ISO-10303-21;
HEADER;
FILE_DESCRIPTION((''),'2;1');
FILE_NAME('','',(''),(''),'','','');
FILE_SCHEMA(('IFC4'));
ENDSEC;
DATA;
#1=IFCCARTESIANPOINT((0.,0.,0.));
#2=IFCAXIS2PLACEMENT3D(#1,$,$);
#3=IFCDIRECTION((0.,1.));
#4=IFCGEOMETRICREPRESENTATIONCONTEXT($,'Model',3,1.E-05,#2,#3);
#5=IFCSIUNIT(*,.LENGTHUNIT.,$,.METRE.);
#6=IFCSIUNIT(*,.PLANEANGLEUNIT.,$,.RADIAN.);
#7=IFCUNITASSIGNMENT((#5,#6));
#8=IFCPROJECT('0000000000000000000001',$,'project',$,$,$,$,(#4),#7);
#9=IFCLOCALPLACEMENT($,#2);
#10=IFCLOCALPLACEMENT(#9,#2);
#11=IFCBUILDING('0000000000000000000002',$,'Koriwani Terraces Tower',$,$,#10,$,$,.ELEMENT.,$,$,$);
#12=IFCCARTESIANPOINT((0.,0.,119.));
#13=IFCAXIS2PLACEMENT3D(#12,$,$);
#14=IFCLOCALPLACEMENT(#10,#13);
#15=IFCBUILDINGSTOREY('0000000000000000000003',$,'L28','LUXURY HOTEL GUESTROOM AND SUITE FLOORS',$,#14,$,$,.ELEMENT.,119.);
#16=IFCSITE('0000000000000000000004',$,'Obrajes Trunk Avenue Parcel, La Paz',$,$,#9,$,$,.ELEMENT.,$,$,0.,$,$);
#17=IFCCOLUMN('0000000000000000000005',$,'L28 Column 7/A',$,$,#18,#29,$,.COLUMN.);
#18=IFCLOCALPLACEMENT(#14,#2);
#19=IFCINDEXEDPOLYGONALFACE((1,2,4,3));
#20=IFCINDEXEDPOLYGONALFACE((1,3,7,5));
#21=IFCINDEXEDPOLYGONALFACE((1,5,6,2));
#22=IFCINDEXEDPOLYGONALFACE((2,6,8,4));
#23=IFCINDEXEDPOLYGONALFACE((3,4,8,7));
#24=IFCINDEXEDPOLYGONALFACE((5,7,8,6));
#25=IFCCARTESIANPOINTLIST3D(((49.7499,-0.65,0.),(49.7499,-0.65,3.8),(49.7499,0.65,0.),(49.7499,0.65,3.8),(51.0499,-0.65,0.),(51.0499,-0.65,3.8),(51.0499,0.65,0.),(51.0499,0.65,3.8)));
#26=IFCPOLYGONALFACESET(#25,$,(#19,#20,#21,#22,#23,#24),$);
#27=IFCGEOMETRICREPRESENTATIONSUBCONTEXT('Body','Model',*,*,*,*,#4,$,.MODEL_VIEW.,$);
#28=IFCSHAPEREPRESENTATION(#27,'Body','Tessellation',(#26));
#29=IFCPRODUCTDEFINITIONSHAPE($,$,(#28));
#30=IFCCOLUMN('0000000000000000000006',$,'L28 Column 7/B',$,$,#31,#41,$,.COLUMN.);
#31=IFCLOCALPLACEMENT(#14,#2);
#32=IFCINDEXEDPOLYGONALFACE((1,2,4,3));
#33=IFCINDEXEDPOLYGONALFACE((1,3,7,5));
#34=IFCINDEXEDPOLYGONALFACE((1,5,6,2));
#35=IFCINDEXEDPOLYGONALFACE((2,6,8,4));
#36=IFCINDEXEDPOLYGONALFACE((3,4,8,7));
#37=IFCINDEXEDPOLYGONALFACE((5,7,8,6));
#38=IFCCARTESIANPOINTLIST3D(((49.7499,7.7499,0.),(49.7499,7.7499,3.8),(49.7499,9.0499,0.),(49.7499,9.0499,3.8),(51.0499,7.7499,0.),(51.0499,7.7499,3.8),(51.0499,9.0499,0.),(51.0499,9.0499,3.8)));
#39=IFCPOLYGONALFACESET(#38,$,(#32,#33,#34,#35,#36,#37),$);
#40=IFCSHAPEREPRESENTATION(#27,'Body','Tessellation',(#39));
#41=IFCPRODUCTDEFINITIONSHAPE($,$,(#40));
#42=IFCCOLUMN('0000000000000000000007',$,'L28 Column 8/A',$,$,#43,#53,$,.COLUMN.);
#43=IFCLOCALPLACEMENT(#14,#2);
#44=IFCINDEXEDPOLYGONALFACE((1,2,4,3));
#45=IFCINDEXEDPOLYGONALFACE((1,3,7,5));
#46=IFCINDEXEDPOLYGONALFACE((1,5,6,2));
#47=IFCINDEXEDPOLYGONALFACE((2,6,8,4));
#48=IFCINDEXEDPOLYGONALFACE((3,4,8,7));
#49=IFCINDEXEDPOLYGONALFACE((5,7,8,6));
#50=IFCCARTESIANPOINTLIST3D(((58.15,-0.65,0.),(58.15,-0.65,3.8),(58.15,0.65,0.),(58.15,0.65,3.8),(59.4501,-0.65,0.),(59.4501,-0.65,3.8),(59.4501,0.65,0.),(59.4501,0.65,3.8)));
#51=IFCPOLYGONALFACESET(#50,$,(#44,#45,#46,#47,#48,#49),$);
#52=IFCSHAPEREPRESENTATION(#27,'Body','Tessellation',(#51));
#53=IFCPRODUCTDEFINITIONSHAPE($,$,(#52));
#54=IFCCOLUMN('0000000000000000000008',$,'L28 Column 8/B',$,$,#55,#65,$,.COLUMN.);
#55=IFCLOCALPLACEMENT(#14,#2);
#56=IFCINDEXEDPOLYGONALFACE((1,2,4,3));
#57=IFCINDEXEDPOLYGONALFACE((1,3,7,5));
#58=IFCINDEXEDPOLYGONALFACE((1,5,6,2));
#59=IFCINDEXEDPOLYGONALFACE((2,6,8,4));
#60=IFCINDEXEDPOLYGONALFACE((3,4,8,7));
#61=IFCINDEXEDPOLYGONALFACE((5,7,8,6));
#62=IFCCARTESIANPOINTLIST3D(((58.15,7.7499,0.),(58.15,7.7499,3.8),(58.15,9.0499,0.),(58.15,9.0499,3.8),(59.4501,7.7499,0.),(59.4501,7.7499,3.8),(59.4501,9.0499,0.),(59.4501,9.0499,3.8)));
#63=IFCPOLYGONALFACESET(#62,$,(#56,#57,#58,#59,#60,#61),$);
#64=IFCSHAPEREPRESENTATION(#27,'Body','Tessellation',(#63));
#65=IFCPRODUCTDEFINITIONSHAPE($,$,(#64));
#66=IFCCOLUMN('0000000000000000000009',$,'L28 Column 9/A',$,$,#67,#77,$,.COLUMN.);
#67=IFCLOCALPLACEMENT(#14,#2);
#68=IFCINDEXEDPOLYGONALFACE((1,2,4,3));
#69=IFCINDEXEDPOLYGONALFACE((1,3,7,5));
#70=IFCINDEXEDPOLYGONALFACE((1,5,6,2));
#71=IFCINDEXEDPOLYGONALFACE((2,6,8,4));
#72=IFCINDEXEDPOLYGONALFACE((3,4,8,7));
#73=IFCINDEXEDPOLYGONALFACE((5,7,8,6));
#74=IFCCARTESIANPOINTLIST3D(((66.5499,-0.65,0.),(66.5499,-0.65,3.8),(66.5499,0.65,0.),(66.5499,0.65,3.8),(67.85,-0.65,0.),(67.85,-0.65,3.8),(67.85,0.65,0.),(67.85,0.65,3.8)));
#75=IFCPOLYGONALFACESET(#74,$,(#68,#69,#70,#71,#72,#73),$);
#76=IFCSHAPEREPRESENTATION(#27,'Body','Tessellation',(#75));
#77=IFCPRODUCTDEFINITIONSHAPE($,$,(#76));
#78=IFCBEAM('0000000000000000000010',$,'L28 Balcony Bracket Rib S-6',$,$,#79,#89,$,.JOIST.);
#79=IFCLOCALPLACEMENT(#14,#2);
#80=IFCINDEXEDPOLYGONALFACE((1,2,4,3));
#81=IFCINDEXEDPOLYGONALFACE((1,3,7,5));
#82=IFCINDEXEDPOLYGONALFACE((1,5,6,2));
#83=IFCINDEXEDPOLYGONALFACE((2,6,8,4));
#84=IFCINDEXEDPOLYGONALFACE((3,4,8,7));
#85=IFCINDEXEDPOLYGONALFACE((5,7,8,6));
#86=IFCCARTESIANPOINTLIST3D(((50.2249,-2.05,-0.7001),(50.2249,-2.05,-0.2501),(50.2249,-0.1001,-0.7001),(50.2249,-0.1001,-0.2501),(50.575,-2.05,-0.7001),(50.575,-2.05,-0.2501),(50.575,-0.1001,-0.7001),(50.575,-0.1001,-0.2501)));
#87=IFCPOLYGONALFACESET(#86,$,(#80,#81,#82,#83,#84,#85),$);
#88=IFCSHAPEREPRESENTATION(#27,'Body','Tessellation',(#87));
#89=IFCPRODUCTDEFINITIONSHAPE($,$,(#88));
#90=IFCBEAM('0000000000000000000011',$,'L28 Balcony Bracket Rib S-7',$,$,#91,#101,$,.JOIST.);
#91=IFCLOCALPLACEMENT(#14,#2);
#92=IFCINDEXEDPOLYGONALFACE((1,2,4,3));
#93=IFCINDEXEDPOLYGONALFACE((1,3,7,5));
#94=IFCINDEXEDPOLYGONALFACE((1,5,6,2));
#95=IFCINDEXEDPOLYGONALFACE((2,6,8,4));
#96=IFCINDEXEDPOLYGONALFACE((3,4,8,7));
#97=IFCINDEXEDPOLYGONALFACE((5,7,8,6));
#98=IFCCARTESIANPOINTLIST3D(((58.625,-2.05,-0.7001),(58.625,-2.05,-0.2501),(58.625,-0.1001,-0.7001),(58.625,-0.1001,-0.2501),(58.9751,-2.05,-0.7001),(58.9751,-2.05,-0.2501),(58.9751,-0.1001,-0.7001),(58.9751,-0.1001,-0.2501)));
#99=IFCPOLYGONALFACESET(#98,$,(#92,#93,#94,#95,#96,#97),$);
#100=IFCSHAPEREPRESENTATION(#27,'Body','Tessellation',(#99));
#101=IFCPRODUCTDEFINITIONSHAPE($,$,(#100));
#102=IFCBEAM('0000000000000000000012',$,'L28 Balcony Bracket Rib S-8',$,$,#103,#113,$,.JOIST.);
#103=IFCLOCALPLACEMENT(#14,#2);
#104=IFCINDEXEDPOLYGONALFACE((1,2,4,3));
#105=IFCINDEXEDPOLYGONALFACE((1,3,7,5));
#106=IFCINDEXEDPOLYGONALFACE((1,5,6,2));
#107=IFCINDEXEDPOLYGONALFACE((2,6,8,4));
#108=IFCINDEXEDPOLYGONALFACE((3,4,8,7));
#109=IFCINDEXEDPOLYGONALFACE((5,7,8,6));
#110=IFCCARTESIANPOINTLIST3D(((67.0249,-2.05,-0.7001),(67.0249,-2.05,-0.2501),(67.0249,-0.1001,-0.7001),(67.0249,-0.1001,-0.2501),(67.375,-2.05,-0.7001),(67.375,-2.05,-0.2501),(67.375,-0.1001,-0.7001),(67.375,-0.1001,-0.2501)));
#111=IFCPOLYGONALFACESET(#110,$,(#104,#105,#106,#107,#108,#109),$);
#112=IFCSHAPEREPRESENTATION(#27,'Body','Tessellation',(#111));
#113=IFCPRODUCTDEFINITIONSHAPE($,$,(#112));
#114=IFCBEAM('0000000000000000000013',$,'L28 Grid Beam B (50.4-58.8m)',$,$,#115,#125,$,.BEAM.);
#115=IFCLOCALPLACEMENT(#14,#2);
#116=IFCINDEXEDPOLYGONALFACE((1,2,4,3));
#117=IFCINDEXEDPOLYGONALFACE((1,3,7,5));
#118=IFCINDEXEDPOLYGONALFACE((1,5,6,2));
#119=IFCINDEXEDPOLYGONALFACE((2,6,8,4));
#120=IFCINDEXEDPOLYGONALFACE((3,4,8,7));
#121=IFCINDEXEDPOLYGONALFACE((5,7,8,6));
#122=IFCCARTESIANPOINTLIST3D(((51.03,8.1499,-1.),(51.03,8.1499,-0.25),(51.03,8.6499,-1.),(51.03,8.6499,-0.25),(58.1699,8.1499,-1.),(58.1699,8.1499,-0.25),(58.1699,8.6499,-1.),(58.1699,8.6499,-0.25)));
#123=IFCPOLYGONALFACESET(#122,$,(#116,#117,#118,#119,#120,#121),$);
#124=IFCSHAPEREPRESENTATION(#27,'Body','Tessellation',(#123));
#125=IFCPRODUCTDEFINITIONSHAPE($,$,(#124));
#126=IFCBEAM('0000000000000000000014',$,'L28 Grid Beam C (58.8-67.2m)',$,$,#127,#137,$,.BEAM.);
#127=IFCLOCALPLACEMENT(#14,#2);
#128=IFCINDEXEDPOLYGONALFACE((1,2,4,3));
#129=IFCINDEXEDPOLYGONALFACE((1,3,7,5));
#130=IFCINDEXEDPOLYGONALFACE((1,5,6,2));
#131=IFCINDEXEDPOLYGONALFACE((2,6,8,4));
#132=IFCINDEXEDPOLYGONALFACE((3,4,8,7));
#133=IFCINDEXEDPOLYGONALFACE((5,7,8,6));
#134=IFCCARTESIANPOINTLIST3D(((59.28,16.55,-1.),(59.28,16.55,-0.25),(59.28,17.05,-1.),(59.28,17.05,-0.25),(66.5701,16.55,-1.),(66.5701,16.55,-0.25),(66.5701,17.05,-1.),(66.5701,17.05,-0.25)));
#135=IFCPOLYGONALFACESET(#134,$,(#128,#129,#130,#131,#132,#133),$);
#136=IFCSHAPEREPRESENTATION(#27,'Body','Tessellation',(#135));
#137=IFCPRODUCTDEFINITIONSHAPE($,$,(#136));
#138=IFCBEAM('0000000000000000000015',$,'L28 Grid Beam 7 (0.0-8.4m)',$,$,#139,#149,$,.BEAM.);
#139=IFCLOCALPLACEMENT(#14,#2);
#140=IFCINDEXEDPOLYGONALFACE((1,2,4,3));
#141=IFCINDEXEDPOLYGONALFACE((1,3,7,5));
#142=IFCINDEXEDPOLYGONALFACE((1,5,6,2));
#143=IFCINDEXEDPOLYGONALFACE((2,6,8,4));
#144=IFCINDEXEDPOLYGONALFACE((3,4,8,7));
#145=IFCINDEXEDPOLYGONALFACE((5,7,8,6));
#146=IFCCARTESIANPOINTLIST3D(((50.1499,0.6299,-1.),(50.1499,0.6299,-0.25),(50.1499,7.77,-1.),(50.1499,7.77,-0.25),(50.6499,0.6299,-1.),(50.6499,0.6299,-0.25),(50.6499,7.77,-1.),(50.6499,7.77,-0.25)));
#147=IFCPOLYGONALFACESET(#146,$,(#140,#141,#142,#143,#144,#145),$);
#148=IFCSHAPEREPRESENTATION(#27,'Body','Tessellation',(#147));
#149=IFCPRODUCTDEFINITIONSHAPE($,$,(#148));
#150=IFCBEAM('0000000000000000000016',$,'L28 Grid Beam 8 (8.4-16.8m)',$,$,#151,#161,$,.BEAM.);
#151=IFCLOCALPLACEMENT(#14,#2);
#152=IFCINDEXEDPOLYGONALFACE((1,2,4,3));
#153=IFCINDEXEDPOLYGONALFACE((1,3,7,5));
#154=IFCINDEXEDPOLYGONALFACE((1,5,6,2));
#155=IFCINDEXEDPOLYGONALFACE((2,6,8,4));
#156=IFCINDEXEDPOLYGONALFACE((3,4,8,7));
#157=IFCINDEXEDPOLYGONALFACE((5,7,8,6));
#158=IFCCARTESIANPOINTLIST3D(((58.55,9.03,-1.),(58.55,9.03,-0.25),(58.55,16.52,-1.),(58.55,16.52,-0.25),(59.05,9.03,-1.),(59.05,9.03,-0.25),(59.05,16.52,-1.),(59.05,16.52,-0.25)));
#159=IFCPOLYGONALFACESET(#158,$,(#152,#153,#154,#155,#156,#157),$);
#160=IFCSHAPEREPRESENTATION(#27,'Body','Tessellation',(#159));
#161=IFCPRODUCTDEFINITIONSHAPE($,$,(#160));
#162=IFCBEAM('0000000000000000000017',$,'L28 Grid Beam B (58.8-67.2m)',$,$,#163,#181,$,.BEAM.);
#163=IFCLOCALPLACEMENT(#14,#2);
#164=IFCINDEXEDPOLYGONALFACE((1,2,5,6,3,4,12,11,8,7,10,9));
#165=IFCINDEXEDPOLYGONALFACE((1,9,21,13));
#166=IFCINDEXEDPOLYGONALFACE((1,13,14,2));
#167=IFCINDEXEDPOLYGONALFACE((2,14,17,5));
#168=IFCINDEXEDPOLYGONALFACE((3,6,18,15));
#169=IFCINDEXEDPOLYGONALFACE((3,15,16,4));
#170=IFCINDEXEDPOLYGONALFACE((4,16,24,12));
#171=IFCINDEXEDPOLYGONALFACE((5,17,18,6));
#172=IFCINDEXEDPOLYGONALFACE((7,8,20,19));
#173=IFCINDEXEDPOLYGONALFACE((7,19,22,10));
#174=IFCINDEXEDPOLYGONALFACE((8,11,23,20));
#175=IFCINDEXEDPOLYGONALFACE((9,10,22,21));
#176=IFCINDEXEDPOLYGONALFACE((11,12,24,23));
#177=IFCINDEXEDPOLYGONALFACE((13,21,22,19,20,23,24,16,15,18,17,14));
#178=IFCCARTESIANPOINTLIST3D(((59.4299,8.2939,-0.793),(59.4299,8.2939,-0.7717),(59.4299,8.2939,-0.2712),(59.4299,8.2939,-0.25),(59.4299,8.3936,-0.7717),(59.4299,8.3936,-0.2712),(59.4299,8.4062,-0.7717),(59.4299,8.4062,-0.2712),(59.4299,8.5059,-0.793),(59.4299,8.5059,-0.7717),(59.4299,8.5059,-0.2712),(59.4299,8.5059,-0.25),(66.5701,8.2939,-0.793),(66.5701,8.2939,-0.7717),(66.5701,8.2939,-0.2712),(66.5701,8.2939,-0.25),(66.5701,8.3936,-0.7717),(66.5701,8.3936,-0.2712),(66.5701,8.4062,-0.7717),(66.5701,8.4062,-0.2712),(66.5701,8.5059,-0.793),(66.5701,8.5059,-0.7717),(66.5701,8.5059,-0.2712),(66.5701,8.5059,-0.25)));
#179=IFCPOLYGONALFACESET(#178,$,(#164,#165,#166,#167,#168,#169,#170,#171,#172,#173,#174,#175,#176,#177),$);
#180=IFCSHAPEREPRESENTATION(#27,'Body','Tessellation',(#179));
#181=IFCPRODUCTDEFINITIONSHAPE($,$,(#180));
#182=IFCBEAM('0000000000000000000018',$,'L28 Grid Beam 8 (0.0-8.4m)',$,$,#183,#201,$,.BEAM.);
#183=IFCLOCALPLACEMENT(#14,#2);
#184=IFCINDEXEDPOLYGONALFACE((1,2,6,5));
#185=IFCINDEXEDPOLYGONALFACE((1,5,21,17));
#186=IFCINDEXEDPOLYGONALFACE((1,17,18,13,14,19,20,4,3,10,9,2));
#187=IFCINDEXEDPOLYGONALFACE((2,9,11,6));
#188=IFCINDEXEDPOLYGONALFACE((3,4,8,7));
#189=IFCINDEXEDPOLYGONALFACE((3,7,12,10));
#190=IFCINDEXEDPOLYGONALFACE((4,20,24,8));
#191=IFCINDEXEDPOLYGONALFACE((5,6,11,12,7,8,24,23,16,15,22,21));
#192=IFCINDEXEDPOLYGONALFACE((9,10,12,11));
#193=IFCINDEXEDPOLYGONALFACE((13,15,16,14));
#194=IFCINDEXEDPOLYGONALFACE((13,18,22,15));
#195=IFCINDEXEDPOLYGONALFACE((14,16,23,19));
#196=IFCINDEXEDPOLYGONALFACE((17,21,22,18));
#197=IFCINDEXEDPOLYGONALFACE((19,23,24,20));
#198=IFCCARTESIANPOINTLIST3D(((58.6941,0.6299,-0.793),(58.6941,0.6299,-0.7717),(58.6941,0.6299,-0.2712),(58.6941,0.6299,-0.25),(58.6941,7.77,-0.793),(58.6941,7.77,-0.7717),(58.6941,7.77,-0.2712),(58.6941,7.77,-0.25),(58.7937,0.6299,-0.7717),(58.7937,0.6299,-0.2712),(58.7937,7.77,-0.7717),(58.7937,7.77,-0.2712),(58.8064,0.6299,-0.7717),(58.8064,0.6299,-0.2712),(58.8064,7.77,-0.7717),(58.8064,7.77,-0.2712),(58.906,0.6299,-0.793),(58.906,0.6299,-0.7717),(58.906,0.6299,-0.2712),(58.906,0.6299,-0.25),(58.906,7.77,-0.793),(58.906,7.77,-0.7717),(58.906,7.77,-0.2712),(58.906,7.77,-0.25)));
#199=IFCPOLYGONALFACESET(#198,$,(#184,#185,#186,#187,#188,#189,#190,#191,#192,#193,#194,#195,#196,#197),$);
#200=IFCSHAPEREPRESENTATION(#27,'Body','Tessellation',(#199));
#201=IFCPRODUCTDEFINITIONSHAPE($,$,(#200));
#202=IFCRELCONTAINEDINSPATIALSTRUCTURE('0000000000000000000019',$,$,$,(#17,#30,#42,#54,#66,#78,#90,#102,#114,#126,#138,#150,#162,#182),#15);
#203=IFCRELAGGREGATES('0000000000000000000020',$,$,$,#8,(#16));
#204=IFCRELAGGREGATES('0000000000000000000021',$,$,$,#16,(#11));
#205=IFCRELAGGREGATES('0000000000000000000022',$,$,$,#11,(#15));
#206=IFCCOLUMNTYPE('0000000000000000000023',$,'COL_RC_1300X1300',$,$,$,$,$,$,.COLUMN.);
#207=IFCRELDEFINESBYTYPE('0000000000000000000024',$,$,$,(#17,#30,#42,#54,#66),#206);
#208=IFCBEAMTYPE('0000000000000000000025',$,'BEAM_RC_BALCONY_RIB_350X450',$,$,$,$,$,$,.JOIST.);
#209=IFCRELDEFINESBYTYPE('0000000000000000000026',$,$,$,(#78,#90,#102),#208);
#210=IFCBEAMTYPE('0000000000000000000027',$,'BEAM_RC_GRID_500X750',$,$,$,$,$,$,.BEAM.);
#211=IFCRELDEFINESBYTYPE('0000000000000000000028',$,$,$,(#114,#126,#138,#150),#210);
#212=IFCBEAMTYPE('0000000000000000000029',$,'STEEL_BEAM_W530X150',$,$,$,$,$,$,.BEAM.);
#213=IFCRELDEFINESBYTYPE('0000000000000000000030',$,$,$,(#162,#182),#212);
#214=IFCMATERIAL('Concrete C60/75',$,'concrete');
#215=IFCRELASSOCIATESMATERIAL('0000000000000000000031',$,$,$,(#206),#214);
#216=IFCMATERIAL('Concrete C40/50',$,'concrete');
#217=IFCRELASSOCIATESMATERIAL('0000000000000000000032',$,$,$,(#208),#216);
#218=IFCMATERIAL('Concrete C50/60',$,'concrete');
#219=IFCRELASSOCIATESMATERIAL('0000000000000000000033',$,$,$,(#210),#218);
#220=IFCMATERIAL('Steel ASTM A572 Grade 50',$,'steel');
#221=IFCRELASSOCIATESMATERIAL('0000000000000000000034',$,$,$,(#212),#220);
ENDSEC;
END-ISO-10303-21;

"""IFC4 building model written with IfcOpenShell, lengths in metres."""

from ifc_helpers import new_model, si_unit, direction, frame, origin, origin_2d, place, context, subcontext, project, spatial, rectangle, i_section, extrude, material, material_profile, profile_set, type_object, element, save


model = new_model("IFC4")

# Units and contexts
model_context = context("Model", 3, precision=1e-05, world=origin(), true_north=direction((0.0, 1.0)))
body_context = subcontext(model_context, "Body", "Model", "MODEL_VIEW")
ifc_project = project(units=[si_unit("LENGTHUNIT", "METRE"), si_unit("PLANEANGLEUNIT", "RADIAN")], contexts=[model_context])

# Site, building, storey
site_placement = place(None, origin())
site = spatial("IfcSite", under=ifc_project, at=site_placement, Name="Obrajes Trunk Avenue Parcel, La Paz", CompositionType="ELEMENT", RefElevation=0.0)
building_placement = place(site_placement, origin())
building = spatial("IfcBuilding", under=site, at=building_placement, Name="Koriwani Terraces Tower", CompositionType="ELEMENT")
storey_placement = place(building_placement, frame((0.0, 0.0, 119.0)))
storey = spatial("IfcBuildingStorey", under=building, at=storey_placement, Name="L28", Description="LUXURY HOTEL GUESTROOM AND SUITE FLOORS", CompositionType="ELEMENT", Elevation=119.0)

# Columns
ifc_material_1 = material(Name="Concrete C60/75", Category="concrete")
ifc_material_profile_1 = material_profile(ifc_material_1, rectangle(XDim=1.3, YDim=1.3, at=origin_2d()), Name="Concrete C60/75", Category="LoadBearing")
ifc_profile_set_1 = profile_set([ifc_material_profile_1], Name="Concrete C60/75")
column_type = type_object("IfcColumnType", Name="COL_RC_1300X1300", PredefinedType="COLUMN", material=ifc_profile_set_1)
for number, where, z_axis, x_axis, name in (
    (1, (50.3999, 0.0, 0.0), (0.0, 0.0, 1.0), (1.0, 0.0, 0.0), "L28 Column 7/A"),
    (2, (50.3999, 8.3999, 0.0), (0.0, 0.0, 1.0), (1.0, 0.0, 0.0), "L28 Column 7/B"),
    (3, (58.8, 0.0, 0.0), (0.0, 0.0, 1.0), (1.0, 0.0, 0.0), "L28 Column 8/A"),
    (4, (58.8, 8.3999, 0.0), (0.0, 0.0, 1.0), (1.0, 0.0, 0.0), "L28 Column 8/B"),
    (5, (67.2, 0.0, 0.0), (0.0, 0.0, 1.0), (1.0, 0.0, 0.0), "L28 Column 9/A"),
):
    element("IfcColumn", number, at=place(storey_placement, frame(where, z_axis=z_axis, x_axis=x_axis)), inside=storey, type_object=column_type, Name=name, PredefinedType="COLUMN", context=body_context, shape_type="SweptSolid", body=[
        extrude(rectangle(XDim=1.3, YDim=1.3, at=origin_2d()), origin(), (0.0, 0.0, 1.0), 3.8),
    ])

# Beams
ifc_material_2 = material(Name="Concrete C40/50", Category="concrete")
ifc_material_profile_2 = material_profile(ifc_material_2, rectangle(XDim=0.3501, YDim=0.45, at=origin_2d()), Name="Concrete C40/50", Category="LoadBearing")
ifc_profile_set_2 = profile_set([ifc_material_profile_2], Name="Concrete C40/50")
beam_type_1 = type_object("IfcBeamType", Name="BEAM_RC_BALCONY_RIB_350X450", PredefinedType="JOIST", material=ifc_profile_set_2)
for number, where, z_axis, x_axis, name in (
    (6, (50.3999, -2.05, -0.4751), (0.0, 1.0, 0.0), (-1.0, 0.0, 0.0), "L28 Balcony Bracket Rib S-6"),
    (7, (58.8, -2.05, -0.4751), (0.0, 1.0, 0.0), (-1.0, 0.0, 0.0), "L28 Balcony Bracket Rib S-7"),
    (8, (67.2, -2.05, -0.4751), (0.0, 1.0, 0.0), (-1.0, 0.0, 0.0), "L28 Balcony Bracket Rib S-8"),
):
    element("IfcBeam", number, at=place(storey_placement, frame(where, z_axis=z_axis, x_axis=x_axis)), inside=storey, type_object=beam_type_1, Name=name, PredefinedType="JOIST", context=body_context, shape_type="SweptSolid", body=[
        extrude(rectangle(XDim=0.3501, YDim=0.45, at=origin_2d()), origin(), (0.0, 0.0, 1.0), 1.95),
    ])
ifc_material_3 = material(Name="Concrete C50/60", Category="concrete")
ifc_material_profile_3 = material_profile(ifc_material_3, rectangle(XDim=0.5, YDim=0.75, at=origin_2d()), Name="Concrete C50/60", Category="LoadBearing")
ifc_profile_set_3 = profile_set([ifc_material_profile_3], Name="Concrete C50/60")
beam_type_2 = type_object("IfcBeamType", Name="BEAM_RC_GRID_500X750", PredefinedType="BEAM", material=ifc_profile_set_3)
beam_1_placement = place(storey_placement, frame((51.03, 8.3999, -0.625), z_axis=(1.0, 0.0, 0.0), x_axis=(0.0, 1.0, 0.0)))
element("IfcBeam", 9, at=beam_1_placement, inside=storey, type_object=beam_type_2, Name="L28 Grid Beam B (50.4-58.8m)", PredefinedType="BEAM", context=body_context, shape_type="SweptSolid", body=[
    extrude(rectangle(XDim=0.5, YDim=0.75, at=origin_2d()), origin(), (0.0, 0.0, 1.0), 7.1399),
])
beam_2_placement = place(storey_placement, frame((59.28, 16.8, -0.625), z_axis=(1.0, 0.0, 0.0), x_axis=(0.0, 1.0, 0.0)))
element("IfcBeam", 10, at=beam_2_placement, inside=storey, type_object=beam_type_2, Name="L28 Grid Beam C (58.8-67.2m)", PredefinedType="BEAM", context=body_context, shape_type="SweptSolid", body=[
    extrude(rectangle(XDim=0.5, YDim=0.75, at=origin_2d()), origin(), (0.0, 0.0, 1.0), 7.29),
])
beam_3_placement = place(storey_placement, frame((50.3999, 0.6299, -0.625), z_axis=(0.0, 1.0, 0.0), x_axis=(-1.0, 0.0, 0.0)))
element("IfcBeam", 11, at=beam_3_placement, inside=storey, type_object=beam_type_2, Name="L28 Grid Beam 7 (0.0-8.4m)", PredefinedType="BEAM", context=body_context, shape_type="SweptSolid", body=[
    extrude(rectangle(XDim=0.5, YDim=0.75, at=origin_2d()), origin(), (0.0, 0.0, 1.0), 7.1401),
])
beam_4_placement = place(storey_placement, frame((58.8, 9.03, -0.625), z_axis=(0.0, 1.0, 0.0), x_axis=(-1.0, 0.0, 0.0)))
element("IfcBeam", 12, at=beam_4_placement, inside=storey, type_object=beam_type_2, Name="L28 Grid Beam 8 (8.4-16.8m)", PredefinedType="BEAM", context=body_context, shape_type="SweptSolid", body=[
    extrude(rectangle(XDim=0.5, YDim=0.75, at=origin_2d()), origin(), (0.0, 0.0, 1.0), 7.49),
])
ifc_material_4 = material(Name="Steel ASTM A572 Grade 50", Category="steel")
ifc_material_profile_4 = material_profile(ifc_material_4, i_section(OverallWidth=0.2119, OverallDepth=0.543, WebThickness=0.0127, FlangeThickness=0.0212, at=origin_2d()), Name="Steel ASTM A572 Grade 50", Category="LoadBearing")
ifc_profile_set_4 = profile_set([ifc_material_profile_4], Name="Steel ASTM A572 Grade 50")
beam_type_3 = type_object("IfcBeamType", Name="STEEL_BEAM_W530X150", PredefinedType="BEAM", material=ifc_profile_set_4)
for number, where, z_axis, x_axis, name in (
    (13, (59.4299, 8.3999, -0.5215), (1.0, 0.0, 0.0), (0.0, 1.0, 0.0), "L28 Grid Beam B (58.8-67.2m)"),
    (14, (58.8, 0.6299, -0.5215), (0.0, 1.0, 0.0), (-1.0, 0.0, 0.0), "L28 Grid Beam 8 (0.0-8.4m)"),
):
    element("IfcBeam", number, at=place(storey_placement, frame(where, z_axis=z_axis, x_axis=x_axis)), inside=storey, type_object=beam_type_3, Name=name, PredefinedType="BEAM", context=body_context, shape_type="SweptSolid", body=[
        extrude(i_section(OverallWidth=0.2119, OverallDepth=0.543, WebThickness=0.0127, FlangeThickness=0.0212, at=origin_2d()), origin(), (0.0, 0.0, 1.0), 7.1401),
    ])

save(model, "model.ifc")
